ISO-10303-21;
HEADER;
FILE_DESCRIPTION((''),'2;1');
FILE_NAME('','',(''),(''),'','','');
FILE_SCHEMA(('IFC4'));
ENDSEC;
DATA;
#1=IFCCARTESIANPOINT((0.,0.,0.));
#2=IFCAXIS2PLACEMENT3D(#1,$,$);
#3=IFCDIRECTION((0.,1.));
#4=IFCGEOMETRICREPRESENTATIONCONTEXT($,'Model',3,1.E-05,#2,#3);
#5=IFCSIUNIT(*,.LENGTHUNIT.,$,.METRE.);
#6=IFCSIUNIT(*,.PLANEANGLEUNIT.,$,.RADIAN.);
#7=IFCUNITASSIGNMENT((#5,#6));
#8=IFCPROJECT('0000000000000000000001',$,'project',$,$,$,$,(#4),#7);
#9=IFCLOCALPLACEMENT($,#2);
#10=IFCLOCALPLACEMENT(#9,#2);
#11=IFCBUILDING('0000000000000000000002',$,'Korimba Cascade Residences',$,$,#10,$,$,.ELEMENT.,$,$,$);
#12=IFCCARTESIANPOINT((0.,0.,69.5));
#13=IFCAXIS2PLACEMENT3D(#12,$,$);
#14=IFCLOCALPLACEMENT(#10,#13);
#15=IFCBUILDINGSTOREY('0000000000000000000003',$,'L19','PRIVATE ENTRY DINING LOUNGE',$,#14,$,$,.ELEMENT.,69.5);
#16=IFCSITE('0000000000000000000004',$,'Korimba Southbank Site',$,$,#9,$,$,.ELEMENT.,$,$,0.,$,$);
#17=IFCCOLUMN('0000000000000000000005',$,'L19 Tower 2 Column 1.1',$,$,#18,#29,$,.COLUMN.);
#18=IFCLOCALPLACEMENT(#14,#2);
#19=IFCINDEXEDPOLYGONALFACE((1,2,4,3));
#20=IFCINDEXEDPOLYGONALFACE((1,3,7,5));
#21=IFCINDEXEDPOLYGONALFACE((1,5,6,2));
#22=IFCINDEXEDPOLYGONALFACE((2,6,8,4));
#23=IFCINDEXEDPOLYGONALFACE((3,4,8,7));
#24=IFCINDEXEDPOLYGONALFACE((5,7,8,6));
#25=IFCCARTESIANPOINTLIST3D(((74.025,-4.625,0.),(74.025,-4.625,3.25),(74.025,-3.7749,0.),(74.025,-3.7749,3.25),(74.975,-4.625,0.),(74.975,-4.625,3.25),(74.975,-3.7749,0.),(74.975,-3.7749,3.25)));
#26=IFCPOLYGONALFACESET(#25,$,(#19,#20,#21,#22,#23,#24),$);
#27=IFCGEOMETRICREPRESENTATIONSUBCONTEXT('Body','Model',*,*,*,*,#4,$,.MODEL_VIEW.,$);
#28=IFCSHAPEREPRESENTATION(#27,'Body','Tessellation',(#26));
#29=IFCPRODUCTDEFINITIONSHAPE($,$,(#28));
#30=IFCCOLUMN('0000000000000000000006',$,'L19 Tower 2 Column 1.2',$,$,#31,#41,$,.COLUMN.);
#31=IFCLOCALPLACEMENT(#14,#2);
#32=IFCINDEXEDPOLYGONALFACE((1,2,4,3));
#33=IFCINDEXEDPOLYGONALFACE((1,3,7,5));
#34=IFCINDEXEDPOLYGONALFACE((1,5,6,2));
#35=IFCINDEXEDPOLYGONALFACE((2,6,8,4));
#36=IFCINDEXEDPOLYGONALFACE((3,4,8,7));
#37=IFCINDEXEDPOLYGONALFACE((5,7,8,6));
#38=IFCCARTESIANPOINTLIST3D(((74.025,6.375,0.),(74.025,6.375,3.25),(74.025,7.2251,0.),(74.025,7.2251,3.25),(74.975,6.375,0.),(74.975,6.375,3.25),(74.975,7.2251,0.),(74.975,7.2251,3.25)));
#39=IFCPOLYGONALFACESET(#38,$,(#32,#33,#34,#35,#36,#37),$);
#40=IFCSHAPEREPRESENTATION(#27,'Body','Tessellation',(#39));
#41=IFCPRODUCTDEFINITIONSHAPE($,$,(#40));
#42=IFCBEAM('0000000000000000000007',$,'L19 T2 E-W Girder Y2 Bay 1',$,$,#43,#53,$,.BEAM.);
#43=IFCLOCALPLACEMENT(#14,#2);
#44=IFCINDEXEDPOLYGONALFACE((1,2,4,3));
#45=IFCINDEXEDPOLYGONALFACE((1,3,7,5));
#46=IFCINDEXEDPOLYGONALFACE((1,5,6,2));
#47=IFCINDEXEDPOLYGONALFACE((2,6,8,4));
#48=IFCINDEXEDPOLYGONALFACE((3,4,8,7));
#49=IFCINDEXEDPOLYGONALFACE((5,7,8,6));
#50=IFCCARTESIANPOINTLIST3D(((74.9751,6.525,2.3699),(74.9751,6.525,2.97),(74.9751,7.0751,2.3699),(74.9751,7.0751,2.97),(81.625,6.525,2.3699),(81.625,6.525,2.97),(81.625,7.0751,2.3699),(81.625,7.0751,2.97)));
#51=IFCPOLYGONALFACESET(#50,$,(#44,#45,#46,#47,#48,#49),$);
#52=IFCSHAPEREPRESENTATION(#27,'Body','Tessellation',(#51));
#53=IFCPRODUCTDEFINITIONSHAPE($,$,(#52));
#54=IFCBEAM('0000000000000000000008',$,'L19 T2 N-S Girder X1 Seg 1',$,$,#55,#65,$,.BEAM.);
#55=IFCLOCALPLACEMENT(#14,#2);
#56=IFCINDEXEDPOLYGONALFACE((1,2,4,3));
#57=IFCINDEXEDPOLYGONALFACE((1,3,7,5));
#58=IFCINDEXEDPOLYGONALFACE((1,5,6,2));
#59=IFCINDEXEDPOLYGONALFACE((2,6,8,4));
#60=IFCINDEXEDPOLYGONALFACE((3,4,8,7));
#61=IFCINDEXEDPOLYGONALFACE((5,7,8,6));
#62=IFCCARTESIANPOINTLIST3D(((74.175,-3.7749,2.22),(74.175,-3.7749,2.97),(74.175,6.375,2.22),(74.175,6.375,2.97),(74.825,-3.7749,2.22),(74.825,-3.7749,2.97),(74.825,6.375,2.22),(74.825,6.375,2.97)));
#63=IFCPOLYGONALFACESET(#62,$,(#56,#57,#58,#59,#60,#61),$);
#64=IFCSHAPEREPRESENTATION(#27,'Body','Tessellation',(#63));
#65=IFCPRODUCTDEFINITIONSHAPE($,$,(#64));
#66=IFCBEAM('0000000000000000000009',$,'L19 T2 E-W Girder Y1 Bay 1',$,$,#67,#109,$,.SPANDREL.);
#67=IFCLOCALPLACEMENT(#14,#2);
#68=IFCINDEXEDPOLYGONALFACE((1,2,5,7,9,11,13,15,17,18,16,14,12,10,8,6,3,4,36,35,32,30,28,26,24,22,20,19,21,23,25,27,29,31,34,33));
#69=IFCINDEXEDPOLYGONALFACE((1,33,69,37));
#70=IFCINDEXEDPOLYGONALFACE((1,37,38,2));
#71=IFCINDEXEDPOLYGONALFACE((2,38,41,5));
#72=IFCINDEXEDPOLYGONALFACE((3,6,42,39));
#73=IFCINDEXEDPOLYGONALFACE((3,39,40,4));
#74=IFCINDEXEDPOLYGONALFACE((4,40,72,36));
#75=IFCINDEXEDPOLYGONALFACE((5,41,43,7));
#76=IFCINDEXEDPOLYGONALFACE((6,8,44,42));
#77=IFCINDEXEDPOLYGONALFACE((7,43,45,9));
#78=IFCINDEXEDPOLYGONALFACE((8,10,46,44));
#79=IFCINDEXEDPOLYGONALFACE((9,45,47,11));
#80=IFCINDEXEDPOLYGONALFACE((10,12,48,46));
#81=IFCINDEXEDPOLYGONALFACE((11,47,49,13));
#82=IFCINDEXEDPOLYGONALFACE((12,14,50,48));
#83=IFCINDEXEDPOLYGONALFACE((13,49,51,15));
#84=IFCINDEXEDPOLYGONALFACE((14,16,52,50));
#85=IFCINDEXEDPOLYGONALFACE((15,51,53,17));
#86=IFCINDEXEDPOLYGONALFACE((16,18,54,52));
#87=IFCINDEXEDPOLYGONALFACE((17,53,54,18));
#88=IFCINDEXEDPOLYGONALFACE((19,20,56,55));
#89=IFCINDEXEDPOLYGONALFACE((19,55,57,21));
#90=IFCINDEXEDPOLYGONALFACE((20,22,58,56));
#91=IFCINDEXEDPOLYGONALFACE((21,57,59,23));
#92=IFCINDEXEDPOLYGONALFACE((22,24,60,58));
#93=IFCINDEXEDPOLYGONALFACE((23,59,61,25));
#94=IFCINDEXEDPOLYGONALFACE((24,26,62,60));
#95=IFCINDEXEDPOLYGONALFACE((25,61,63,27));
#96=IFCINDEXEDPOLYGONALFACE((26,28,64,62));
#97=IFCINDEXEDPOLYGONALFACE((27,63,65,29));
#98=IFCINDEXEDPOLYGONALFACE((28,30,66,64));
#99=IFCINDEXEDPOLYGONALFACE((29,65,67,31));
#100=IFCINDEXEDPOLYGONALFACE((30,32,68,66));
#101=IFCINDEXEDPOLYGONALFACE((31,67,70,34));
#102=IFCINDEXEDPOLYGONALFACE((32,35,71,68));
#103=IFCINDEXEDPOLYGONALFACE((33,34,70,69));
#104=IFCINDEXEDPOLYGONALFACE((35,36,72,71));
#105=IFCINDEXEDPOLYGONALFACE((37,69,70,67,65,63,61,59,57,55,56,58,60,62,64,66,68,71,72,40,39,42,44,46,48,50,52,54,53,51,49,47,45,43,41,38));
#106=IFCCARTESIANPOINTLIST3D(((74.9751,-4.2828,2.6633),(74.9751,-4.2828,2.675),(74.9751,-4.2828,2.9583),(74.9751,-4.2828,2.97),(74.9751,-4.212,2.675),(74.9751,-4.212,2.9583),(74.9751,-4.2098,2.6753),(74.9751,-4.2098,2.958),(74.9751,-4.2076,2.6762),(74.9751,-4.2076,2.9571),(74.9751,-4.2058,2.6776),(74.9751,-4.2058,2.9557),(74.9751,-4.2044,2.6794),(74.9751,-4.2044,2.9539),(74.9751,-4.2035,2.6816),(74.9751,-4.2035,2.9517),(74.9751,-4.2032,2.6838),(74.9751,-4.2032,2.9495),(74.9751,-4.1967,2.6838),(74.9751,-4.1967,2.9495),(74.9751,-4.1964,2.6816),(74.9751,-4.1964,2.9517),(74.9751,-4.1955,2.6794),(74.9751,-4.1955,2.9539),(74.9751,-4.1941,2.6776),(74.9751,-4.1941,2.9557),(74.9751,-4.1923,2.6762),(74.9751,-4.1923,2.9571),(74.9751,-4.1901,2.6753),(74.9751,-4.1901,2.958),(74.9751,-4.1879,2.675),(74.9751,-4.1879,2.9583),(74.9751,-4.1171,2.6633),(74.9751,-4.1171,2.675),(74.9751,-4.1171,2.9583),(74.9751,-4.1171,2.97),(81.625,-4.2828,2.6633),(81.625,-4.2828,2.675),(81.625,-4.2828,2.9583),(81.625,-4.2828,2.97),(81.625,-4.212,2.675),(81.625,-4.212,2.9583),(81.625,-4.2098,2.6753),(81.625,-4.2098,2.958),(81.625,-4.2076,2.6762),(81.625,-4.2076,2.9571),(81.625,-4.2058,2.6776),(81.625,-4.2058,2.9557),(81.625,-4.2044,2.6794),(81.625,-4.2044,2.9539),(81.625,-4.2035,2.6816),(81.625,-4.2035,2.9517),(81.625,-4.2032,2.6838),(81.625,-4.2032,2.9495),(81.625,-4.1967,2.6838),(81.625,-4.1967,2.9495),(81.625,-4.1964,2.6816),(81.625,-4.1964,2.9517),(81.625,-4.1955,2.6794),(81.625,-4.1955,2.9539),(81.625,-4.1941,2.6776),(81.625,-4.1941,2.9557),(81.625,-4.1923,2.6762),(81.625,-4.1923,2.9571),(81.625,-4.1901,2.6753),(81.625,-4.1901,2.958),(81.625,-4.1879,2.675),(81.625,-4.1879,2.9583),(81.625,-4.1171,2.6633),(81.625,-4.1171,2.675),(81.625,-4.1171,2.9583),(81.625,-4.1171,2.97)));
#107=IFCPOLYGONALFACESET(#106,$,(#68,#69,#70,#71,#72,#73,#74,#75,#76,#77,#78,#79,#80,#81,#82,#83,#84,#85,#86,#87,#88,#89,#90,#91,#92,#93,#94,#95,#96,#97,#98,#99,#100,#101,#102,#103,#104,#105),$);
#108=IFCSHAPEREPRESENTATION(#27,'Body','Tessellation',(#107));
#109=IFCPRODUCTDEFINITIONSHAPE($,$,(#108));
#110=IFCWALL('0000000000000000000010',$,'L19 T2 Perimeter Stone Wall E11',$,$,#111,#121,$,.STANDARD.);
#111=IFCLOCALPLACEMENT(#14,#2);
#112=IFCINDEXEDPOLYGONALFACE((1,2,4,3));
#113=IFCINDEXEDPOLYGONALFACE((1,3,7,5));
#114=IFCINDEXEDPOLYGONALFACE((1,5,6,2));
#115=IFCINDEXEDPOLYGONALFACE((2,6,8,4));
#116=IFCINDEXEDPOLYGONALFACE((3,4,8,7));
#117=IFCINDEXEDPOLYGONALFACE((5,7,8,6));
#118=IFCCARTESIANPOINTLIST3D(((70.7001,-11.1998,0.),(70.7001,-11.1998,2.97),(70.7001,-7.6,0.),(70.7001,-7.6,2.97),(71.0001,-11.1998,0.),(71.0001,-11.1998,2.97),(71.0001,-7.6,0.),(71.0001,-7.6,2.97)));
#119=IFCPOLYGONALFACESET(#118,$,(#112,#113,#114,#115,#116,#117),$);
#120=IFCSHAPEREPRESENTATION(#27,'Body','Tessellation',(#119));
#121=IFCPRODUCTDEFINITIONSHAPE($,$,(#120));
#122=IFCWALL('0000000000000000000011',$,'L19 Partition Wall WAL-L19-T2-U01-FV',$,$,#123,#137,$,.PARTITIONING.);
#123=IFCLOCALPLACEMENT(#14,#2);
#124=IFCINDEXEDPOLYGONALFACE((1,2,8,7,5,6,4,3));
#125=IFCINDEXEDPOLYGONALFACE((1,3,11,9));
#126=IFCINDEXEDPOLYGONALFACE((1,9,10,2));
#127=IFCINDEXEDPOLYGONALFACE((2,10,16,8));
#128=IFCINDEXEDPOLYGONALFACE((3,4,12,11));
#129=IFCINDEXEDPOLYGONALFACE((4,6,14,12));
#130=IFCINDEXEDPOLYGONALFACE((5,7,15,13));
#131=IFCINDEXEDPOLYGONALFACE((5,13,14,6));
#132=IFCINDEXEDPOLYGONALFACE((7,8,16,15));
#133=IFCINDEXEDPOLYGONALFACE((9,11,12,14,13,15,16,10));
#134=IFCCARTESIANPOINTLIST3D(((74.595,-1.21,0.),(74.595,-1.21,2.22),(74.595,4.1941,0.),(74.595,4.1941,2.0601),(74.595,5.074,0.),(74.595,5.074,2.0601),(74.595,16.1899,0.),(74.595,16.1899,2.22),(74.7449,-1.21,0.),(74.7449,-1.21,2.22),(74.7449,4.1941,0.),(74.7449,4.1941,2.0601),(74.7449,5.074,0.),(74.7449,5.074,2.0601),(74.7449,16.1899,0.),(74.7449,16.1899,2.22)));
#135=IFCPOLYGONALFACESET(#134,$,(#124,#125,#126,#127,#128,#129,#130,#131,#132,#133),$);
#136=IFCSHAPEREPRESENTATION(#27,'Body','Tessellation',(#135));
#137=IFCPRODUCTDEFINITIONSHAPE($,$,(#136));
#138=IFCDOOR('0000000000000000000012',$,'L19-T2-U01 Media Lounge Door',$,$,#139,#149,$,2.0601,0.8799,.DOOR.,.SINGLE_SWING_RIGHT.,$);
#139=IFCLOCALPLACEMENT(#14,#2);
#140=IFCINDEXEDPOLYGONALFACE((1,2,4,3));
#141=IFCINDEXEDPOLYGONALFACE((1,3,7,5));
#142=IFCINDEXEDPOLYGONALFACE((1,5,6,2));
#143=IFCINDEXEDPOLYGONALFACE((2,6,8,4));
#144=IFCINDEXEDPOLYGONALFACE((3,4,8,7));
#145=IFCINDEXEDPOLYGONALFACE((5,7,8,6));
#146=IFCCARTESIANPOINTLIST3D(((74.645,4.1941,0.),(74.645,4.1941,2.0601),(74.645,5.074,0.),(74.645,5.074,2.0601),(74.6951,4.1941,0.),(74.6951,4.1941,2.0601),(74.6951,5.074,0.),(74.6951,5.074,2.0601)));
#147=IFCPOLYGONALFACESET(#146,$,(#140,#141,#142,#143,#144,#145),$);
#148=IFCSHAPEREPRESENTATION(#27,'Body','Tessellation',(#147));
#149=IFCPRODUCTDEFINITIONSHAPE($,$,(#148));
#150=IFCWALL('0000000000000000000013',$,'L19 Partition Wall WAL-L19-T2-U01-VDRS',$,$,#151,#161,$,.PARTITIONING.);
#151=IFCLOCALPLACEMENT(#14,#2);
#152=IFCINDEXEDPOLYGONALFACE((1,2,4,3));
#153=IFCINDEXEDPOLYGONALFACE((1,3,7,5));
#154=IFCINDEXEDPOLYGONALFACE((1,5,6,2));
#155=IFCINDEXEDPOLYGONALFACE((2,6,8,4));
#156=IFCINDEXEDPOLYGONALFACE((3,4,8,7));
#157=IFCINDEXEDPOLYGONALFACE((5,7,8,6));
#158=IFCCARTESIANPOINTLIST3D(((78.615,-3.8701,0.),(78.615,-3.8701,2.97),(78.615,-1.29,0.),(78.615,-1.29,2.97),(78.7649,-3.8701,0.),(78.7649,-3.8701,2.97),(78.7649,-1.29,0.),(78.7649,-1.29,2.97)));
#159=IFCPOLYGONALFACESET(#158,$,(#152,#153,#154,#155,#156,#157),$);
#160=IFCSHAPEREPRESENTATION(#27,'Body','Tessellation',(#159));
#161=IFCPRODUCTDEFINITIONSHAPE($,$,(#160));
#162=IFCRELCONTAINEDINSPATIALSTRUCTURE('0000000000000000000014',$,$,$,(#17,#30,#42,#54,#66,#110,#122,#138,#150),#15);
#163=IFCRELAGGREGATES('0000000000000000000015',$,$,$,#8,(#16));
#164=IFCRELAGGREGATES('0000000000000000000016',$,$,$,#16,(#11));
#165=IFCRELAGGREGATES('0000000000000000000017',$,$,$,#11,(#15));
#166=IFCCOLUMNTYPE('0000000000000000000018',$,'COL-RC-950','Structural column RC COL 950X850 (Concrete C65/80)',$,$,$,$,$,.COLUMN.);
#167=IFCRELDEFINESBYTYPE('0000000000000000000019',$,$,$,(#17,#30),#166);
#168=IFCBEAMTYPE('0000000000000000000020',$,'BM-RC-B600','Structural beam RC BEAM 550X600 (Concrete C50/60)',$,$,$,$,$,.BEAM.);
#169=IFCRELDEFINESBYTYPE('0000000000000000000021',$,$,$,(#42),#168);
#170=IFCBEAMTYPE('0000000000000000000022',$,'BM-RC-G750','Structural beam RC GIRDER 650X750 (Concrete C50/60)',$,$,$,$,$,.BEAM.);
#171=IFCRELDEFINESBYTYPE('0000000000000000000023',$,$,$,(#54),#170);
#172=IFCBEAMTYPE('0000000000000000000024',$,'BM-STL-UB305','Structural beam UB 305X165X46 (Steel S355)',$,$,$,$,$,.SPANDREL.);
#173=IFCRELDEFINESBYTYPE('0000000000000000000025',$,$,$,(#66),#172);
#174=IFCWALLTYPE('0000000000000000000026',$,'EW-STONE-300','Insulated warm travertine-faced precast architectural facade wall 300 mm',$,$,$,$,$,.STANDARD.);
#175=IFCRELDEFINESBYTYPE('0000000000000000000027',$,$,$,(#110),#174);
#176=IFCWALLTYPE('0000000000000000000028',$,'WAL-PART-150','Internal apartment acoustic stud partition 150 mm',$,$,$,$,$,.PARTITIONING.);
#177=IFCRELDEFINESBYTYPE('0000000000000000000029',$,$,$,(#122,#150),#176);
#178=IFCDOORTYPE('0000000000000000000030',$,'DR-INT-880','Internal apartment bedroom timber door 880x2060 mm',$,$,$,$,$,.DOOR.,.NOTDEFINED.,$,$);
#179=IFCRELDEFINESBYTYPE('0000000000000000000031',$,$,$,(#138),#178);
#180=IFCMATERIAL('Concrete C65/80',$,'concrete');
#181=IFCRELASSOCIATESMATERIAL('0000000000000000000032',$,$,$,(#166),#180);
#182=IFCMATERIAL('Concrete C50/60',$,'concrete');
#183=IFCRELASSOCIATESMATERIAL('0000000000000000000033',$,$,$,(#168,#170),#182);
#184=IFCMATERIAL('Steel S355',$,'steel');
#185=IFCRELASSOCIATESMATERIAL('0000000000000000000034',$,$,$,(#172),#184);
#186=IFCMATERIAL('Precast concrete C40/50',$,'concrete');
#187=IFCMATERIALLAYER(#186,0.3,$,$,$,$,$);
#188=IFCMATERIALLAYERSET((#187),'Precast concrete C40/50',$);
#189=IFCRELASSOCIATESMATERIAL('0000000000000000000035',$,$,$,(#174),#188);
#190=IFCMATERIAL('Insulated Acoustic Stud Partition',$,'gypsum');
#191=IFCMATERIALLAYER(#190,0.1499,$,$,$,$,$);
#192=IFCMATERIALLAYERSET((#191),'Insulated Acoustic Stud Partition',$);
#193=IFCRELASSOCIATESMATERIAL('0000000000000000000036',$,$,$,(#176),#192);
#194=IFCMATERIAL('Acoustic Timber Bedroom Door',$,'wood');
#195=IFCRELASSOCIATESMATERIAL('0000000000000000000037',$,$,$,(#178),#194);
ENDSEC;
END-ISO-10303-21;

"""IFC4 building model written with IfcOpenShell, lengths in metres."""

from ifc_helpers import new_model, si_unit, direction, frame, frame_2d, origin, origin_2d, place, context, subcontext, project, spatial, rectangle, i_section, extrude, material, layer, layer_set, material_profile, profile_set, type_object, element, fill, save


model = new_model("IFC4")

# Units and contexts
model_context = context("Model", 3, precision=1e-05, world=origin(), true_north=direction((0.0, 1.0)))
body_context = subcontext(model_context, "Body", "Model", "MODEL_VIEW")
ifc_project = project(units=[si_unit("LENGTHUNIT", "METRE"), si_unit("PLANEANGLEUNIT", "RADIAN")], contexts=[model_context])

# Site, building, storey
site_placement = place(None, origin())
site = spatial("IfcSite", under=ifc_project, at=site_placement, Name="Korimba Southbank Site", CompositionType="ELEMENT", RefElevation=0.0)
building_placement = place(site_placement, origin())
building = spatial("IfcBuilding", under=site, at=building_placement, Name="Korimba Cascade Residences", CompositionType="ELEMENT")
storey_placement = place(building_placement, frame((0.0, 0.0, 69.5)))
storey = spatial("IfcBuildingStorey", under=building, at=storey_placement, Name="L19", Description="PRIVATE ENTRY DINING LOUNGE", CompositionType="ELEMENT", Elevation=69.5)

# Columns
ifc_material_1 = material(Name="Concrete C65/80", Category="concrete")
ifc_material_profile_1 = material_profile(ifc_material_1, rectangle(XDim=0.95, YDim=0.8501, at=origin_2d()), Name="Concrete C65/80")
ifc_profile_set_1 = profile_set([ifc_material_profile_1], Name="Concrete C65/80")
column_type = type_object("IfcColumnType", Name="COL-RC-950", Description="Structural column RC COL 950X850 (Concrete C65/80)", PredefinedType="COLUMN", material=ifc_profile_set_1)
for number, where, z_axis, x_axis, name in (
    (1, (74.5, -4.2, 0.0), (0.0, 0.0, 1.0), (1.0, 0.0, 0.0), "L19 Tower 2 Column 1.1"),
    (2, (74.5, 6.8, 0.0), (0.0, 0.0, 1.0), (1.0, 0.0, 0.0), "L19 Tower 2 Column 1.2"),
):
    element("IfcColumn", number, at=place(storey_placement, frame(where, z_axis=z_axis, x_axis=x_axis)), inside=storey, type_object=column_type, Name=name, PredefinedType="COLUMN", context=body_context, shape_type="SweptSolid", body=[
        extrude(rectangle(XDim=0.95, YDim=0.8501, at=origin_2d()), origin(), (0.0, 0.0, 1.0), 3.25),
    ])

# Beams
ifc_material_2 = material(Name="Concrete C50/60", Category="concrete")
ifc_material_profile_2 = material_profile(ifc_material_2, rectangle(XDim=0.55, YDim=0.6001, at=origin_2d()), Name="Concrete C50/60")
ifc_profile_set_2 = profile_set([ifc_material_profile_2], Name="Concrete C50/60")
beam_type_1 = type_object("IfcBeamType", Name="BM-RC-B600", Description="Structural beam RC BEAM 550X600 (Concrete C50/60)", PredefinedType="BEAM", material=ifc_profile_set_2)
beam_1_placement = place(storey_placement, frame((74.9751, 6.8, 2.6699), z_axis=(1.0, 0.0, 0.0), x_axis=(0.0, 1.0, 0.0)))
element("IfcBeam", 3, at=beam_1_placement, inside=storey, type_object=beam_type_1, Name="L19 T2 E-W Girder Y2 Bay 1", PredefinedType="BEAM", context=body_context, shape_type="SweptSolid", body=[
    extrude(rectangle(XDim=0.55, YDim=0.6001, at=origin_2d()), origin(), (0.0, 0.0, 1.0), 6.6499),
])
ifc_material_profile_3 = material_profile(ifc_material_2, rectangle(XDim=0.6499, YDim=0.75, at=origin_2d()), Name="Concrete C50/60")
ifc_profile_set_3 = profile_set([ifc_material_profile_3], Name="Concrete C50/60")
beam_type_2 = type_object("IfcBeamType", Name="BM-RC-G750", Description="Structural beam RC GIRDER 650X750 (Concrete C50/60)", PredefinedType="BEAM", material=ifc_profile_set_3)
beam_2_placement = place(storey_placement, frame((74.5, -3.7749, 2.595), z_axis=(0.0, 1.0, 0.0), x_axis=(-1.0, 0.0, 0.0)))
element("IfcBeam", 4, at=beam_2_placement, inside=storey, type_object=beam_type_2, Name="L19 T2 N-S Girder X1 Seg 1", PredefinedType="BEAM", context=body_context, shape_type="SweptSolid", body=[
    extrude(rectangle(XDim=0.6499, YDim=0.75, at=origin_2d()), origin(), (0.0, 0.0, 1.0), 10.1499),
])
ifc_material_3 = material(Name="Steel S355", Category="steel")
ifc_material_profile_4 = material_profile(ifc_material_3, i_section(OverallWidth=0.1658, OverallDepth=0.3066, WebThickness=0.0066, FlangeThickness=0.0117, FilletRadius=0.0088, at=origin_2d()), Name="Steel S355")
ifc_profile_set_4 = profile_set([ifc_material_profile_4], Name="Steel S355")
beam_type_3 = type_object("IfcBeamType", Name="BM-STL-UB305", Description="Structural beam UB 305X165X46 (Steel S355)", PredefinedType="SPANDREL", material=ifc_profile_set_4)
beam_3_placement = place(storey_placement, frame((74.9751, -4.2, 2.8167), z_axis=(1.0, 0.0, 0.0), x_axis=(0.0, 1.0, 0.0)))
element("IfcBeam", 5, at=beam_3_placement, inside=storey, type_object=beam_type_3, Name="L19 T2 E-W Girder Y1 Bay 1", PredefinedType="SPANDREL", context=body_context, shape_type="SweptSolid", body=[
    extrude(i_section(OverallWidth=0.1658, OverallDepth=0.3066, WebThickness=0.0066, FlangeThickness=0.0117, FilletRadius=0.0088, at=origin_2d()), origin(), (0.0, 0.0, 1.0), 6.6499),
])

# Wall
ifc_material_4 = material(Name="Precast concrete C40/50", Category="concrete")
ifc_layer_1 = layer(ifc_material_4, 0.3)
ifc_layer_set_1 = layer_set([ifc_layer_1], Name="Precast concrete C40/50")
wall_type_1 = type_object("IfcWallType", Name="EW-STONE-300", Description="Insulated warm travertine-faced precast architectural facade wall 300 mm", PredefinedType="STANDARD", material=ifc_layer_set_1)
wall_1_placement = place(storey_placement, frame((70.8501, -7.6001, 0.0), z_axis=(0.0, 0.0, 1.0), x_axis=(0.0, -1.0, 0.0)))
element("IfcWall", 6, at=wall_1_placement, inside=storey, type_object=wall_type_1, Name="L19 T2 Perimeter Stone Wall E11", PredefinedType="STANDARD", context=body_context, shape_type="SweptSolid", body=[
    extrude(rectangle(XDim=3.5999, YDim=0.3, at=frame_2d((1.7998, 0.0))), origin(), (0.0, 0.0, 1.0), 2.97),
])

# Wall, opening, door
ifc_material_5 = material(Name="Insulated Acoustic Stud Partition", Category="gypsum")
ifc_layer_2 = layer(ifc_material_5, 0.1499)
ifc_layer_set_2 = layer_set([ifc_layer_2], Name="Insulated Acoustic Stud Partition")
wall_type_2 = type_object("IfcWallType", Name="WAL-PART-150", Description="Internal apartment acoustic stud partition 150 mm", PredefinedType="PARTITIONING", material=ifc_layer_set_2)
wall_2_placement = place(storey_placement, frame((74.6699, -1.21, 0.0), z_axis=(0.0, 0.0, 1.0), x_axis=(0.0, 1.0, 0.0)))
wall_2 = element("IfcWall", 7, at=wall_2_placement, inside=storey, type_object=wall_type_2, Name="L19 Partition Wall WAL-L19-T2-U01-FV", PredefinedType="PARTITIONING", context=body_context, shape_type="SweptSolid", body=[
    extrude(rectangle(XDim=17.3999, YDim=0.1499, at=frame_2d((8.7, 0.0))), origin(), (0.0, 0.0, 1.0), 2.22),
])
opening_1_placement = place(wall_2_placement, frame((5.4041, 0.0, 0.0)))
opening_1 = element("IfcOpeningElement", 8, at=opening_1_placement, cuts=wall_2, PredefinedType="OPENING", context=body_context, shape_type="SweptSolid", body=[
    extrude(rectangle(XDim=0.8799, YDim=2.0601, at=frame_2d((0.4399, 1.03))), frame((0.0, 0.085, 0.0), z_axis=(0.0, -1.0, 0.0), x_axis=(1.0, 0.0, 0.0)), (0.0, 0.0, 1.0), 0.1699),
])
ifc_material_6 = material(Name="Acoustic Timber Bedroom Door", Category="wood")
door_type_1 = type_object("IfcDoorType", Name="DR-INT-880", Description="Internal apartment bedroom timber door 880x2060 mm", OperationType="NOTDEFINED", PredefinedType="DOOR", material=ifc_material_6)
door_1_placement = place(opening_1_placement, origin())
door_1 = element("IfcDoor", 9, at=door_1_placement, inside=storey, type_object=door_type_1, Name="L19-T2-U01 Media Lounge Door", OperationType="SINGLE_SWING_RIGHT", OverallHeight=2.0601, OverallWidth=0.8799, PredefinedType="DOOR", context=body_context, shape_type="SweptSolid", body=[
    extrude(rectangle(XDim=0.8799, YDim=2.0601, at=frame_2d((0.4399, 1.03))), frame((0.0, 0.0249, 0.0), z_axis=(0.0, -1.0, 0.0), x_axis=(1.0, 0.0, 0.0)), (0.0, 0.0, 1.0), 0.05),
])
fill(opening_1, door_1)

# Wall
wall_3_placement = place(storey_placement, frame((78.6899, -3.8701, 0.0), z_axis=(0.0, 0.0, 1.0), x_axis=(0.0, 1.0, 0.0)))
element("IfcWall", 10, at=wall_3_placement, inside=storey, type_object=wall_type_2, Name="L19 Partition Wall WAL-L19-T2-U01-VDRS", PredefinedType="PARTITIONING", context=body_context, shape_type="SweptSolid", body=[
    extrude(rectangle(XDim=2.5801, YDim=0.1499, at=frame_2d((1.29, 0.0))), origin(), (0.0, 0.0, 1.0), 2.97),
])

save(model, "model.ifc")
